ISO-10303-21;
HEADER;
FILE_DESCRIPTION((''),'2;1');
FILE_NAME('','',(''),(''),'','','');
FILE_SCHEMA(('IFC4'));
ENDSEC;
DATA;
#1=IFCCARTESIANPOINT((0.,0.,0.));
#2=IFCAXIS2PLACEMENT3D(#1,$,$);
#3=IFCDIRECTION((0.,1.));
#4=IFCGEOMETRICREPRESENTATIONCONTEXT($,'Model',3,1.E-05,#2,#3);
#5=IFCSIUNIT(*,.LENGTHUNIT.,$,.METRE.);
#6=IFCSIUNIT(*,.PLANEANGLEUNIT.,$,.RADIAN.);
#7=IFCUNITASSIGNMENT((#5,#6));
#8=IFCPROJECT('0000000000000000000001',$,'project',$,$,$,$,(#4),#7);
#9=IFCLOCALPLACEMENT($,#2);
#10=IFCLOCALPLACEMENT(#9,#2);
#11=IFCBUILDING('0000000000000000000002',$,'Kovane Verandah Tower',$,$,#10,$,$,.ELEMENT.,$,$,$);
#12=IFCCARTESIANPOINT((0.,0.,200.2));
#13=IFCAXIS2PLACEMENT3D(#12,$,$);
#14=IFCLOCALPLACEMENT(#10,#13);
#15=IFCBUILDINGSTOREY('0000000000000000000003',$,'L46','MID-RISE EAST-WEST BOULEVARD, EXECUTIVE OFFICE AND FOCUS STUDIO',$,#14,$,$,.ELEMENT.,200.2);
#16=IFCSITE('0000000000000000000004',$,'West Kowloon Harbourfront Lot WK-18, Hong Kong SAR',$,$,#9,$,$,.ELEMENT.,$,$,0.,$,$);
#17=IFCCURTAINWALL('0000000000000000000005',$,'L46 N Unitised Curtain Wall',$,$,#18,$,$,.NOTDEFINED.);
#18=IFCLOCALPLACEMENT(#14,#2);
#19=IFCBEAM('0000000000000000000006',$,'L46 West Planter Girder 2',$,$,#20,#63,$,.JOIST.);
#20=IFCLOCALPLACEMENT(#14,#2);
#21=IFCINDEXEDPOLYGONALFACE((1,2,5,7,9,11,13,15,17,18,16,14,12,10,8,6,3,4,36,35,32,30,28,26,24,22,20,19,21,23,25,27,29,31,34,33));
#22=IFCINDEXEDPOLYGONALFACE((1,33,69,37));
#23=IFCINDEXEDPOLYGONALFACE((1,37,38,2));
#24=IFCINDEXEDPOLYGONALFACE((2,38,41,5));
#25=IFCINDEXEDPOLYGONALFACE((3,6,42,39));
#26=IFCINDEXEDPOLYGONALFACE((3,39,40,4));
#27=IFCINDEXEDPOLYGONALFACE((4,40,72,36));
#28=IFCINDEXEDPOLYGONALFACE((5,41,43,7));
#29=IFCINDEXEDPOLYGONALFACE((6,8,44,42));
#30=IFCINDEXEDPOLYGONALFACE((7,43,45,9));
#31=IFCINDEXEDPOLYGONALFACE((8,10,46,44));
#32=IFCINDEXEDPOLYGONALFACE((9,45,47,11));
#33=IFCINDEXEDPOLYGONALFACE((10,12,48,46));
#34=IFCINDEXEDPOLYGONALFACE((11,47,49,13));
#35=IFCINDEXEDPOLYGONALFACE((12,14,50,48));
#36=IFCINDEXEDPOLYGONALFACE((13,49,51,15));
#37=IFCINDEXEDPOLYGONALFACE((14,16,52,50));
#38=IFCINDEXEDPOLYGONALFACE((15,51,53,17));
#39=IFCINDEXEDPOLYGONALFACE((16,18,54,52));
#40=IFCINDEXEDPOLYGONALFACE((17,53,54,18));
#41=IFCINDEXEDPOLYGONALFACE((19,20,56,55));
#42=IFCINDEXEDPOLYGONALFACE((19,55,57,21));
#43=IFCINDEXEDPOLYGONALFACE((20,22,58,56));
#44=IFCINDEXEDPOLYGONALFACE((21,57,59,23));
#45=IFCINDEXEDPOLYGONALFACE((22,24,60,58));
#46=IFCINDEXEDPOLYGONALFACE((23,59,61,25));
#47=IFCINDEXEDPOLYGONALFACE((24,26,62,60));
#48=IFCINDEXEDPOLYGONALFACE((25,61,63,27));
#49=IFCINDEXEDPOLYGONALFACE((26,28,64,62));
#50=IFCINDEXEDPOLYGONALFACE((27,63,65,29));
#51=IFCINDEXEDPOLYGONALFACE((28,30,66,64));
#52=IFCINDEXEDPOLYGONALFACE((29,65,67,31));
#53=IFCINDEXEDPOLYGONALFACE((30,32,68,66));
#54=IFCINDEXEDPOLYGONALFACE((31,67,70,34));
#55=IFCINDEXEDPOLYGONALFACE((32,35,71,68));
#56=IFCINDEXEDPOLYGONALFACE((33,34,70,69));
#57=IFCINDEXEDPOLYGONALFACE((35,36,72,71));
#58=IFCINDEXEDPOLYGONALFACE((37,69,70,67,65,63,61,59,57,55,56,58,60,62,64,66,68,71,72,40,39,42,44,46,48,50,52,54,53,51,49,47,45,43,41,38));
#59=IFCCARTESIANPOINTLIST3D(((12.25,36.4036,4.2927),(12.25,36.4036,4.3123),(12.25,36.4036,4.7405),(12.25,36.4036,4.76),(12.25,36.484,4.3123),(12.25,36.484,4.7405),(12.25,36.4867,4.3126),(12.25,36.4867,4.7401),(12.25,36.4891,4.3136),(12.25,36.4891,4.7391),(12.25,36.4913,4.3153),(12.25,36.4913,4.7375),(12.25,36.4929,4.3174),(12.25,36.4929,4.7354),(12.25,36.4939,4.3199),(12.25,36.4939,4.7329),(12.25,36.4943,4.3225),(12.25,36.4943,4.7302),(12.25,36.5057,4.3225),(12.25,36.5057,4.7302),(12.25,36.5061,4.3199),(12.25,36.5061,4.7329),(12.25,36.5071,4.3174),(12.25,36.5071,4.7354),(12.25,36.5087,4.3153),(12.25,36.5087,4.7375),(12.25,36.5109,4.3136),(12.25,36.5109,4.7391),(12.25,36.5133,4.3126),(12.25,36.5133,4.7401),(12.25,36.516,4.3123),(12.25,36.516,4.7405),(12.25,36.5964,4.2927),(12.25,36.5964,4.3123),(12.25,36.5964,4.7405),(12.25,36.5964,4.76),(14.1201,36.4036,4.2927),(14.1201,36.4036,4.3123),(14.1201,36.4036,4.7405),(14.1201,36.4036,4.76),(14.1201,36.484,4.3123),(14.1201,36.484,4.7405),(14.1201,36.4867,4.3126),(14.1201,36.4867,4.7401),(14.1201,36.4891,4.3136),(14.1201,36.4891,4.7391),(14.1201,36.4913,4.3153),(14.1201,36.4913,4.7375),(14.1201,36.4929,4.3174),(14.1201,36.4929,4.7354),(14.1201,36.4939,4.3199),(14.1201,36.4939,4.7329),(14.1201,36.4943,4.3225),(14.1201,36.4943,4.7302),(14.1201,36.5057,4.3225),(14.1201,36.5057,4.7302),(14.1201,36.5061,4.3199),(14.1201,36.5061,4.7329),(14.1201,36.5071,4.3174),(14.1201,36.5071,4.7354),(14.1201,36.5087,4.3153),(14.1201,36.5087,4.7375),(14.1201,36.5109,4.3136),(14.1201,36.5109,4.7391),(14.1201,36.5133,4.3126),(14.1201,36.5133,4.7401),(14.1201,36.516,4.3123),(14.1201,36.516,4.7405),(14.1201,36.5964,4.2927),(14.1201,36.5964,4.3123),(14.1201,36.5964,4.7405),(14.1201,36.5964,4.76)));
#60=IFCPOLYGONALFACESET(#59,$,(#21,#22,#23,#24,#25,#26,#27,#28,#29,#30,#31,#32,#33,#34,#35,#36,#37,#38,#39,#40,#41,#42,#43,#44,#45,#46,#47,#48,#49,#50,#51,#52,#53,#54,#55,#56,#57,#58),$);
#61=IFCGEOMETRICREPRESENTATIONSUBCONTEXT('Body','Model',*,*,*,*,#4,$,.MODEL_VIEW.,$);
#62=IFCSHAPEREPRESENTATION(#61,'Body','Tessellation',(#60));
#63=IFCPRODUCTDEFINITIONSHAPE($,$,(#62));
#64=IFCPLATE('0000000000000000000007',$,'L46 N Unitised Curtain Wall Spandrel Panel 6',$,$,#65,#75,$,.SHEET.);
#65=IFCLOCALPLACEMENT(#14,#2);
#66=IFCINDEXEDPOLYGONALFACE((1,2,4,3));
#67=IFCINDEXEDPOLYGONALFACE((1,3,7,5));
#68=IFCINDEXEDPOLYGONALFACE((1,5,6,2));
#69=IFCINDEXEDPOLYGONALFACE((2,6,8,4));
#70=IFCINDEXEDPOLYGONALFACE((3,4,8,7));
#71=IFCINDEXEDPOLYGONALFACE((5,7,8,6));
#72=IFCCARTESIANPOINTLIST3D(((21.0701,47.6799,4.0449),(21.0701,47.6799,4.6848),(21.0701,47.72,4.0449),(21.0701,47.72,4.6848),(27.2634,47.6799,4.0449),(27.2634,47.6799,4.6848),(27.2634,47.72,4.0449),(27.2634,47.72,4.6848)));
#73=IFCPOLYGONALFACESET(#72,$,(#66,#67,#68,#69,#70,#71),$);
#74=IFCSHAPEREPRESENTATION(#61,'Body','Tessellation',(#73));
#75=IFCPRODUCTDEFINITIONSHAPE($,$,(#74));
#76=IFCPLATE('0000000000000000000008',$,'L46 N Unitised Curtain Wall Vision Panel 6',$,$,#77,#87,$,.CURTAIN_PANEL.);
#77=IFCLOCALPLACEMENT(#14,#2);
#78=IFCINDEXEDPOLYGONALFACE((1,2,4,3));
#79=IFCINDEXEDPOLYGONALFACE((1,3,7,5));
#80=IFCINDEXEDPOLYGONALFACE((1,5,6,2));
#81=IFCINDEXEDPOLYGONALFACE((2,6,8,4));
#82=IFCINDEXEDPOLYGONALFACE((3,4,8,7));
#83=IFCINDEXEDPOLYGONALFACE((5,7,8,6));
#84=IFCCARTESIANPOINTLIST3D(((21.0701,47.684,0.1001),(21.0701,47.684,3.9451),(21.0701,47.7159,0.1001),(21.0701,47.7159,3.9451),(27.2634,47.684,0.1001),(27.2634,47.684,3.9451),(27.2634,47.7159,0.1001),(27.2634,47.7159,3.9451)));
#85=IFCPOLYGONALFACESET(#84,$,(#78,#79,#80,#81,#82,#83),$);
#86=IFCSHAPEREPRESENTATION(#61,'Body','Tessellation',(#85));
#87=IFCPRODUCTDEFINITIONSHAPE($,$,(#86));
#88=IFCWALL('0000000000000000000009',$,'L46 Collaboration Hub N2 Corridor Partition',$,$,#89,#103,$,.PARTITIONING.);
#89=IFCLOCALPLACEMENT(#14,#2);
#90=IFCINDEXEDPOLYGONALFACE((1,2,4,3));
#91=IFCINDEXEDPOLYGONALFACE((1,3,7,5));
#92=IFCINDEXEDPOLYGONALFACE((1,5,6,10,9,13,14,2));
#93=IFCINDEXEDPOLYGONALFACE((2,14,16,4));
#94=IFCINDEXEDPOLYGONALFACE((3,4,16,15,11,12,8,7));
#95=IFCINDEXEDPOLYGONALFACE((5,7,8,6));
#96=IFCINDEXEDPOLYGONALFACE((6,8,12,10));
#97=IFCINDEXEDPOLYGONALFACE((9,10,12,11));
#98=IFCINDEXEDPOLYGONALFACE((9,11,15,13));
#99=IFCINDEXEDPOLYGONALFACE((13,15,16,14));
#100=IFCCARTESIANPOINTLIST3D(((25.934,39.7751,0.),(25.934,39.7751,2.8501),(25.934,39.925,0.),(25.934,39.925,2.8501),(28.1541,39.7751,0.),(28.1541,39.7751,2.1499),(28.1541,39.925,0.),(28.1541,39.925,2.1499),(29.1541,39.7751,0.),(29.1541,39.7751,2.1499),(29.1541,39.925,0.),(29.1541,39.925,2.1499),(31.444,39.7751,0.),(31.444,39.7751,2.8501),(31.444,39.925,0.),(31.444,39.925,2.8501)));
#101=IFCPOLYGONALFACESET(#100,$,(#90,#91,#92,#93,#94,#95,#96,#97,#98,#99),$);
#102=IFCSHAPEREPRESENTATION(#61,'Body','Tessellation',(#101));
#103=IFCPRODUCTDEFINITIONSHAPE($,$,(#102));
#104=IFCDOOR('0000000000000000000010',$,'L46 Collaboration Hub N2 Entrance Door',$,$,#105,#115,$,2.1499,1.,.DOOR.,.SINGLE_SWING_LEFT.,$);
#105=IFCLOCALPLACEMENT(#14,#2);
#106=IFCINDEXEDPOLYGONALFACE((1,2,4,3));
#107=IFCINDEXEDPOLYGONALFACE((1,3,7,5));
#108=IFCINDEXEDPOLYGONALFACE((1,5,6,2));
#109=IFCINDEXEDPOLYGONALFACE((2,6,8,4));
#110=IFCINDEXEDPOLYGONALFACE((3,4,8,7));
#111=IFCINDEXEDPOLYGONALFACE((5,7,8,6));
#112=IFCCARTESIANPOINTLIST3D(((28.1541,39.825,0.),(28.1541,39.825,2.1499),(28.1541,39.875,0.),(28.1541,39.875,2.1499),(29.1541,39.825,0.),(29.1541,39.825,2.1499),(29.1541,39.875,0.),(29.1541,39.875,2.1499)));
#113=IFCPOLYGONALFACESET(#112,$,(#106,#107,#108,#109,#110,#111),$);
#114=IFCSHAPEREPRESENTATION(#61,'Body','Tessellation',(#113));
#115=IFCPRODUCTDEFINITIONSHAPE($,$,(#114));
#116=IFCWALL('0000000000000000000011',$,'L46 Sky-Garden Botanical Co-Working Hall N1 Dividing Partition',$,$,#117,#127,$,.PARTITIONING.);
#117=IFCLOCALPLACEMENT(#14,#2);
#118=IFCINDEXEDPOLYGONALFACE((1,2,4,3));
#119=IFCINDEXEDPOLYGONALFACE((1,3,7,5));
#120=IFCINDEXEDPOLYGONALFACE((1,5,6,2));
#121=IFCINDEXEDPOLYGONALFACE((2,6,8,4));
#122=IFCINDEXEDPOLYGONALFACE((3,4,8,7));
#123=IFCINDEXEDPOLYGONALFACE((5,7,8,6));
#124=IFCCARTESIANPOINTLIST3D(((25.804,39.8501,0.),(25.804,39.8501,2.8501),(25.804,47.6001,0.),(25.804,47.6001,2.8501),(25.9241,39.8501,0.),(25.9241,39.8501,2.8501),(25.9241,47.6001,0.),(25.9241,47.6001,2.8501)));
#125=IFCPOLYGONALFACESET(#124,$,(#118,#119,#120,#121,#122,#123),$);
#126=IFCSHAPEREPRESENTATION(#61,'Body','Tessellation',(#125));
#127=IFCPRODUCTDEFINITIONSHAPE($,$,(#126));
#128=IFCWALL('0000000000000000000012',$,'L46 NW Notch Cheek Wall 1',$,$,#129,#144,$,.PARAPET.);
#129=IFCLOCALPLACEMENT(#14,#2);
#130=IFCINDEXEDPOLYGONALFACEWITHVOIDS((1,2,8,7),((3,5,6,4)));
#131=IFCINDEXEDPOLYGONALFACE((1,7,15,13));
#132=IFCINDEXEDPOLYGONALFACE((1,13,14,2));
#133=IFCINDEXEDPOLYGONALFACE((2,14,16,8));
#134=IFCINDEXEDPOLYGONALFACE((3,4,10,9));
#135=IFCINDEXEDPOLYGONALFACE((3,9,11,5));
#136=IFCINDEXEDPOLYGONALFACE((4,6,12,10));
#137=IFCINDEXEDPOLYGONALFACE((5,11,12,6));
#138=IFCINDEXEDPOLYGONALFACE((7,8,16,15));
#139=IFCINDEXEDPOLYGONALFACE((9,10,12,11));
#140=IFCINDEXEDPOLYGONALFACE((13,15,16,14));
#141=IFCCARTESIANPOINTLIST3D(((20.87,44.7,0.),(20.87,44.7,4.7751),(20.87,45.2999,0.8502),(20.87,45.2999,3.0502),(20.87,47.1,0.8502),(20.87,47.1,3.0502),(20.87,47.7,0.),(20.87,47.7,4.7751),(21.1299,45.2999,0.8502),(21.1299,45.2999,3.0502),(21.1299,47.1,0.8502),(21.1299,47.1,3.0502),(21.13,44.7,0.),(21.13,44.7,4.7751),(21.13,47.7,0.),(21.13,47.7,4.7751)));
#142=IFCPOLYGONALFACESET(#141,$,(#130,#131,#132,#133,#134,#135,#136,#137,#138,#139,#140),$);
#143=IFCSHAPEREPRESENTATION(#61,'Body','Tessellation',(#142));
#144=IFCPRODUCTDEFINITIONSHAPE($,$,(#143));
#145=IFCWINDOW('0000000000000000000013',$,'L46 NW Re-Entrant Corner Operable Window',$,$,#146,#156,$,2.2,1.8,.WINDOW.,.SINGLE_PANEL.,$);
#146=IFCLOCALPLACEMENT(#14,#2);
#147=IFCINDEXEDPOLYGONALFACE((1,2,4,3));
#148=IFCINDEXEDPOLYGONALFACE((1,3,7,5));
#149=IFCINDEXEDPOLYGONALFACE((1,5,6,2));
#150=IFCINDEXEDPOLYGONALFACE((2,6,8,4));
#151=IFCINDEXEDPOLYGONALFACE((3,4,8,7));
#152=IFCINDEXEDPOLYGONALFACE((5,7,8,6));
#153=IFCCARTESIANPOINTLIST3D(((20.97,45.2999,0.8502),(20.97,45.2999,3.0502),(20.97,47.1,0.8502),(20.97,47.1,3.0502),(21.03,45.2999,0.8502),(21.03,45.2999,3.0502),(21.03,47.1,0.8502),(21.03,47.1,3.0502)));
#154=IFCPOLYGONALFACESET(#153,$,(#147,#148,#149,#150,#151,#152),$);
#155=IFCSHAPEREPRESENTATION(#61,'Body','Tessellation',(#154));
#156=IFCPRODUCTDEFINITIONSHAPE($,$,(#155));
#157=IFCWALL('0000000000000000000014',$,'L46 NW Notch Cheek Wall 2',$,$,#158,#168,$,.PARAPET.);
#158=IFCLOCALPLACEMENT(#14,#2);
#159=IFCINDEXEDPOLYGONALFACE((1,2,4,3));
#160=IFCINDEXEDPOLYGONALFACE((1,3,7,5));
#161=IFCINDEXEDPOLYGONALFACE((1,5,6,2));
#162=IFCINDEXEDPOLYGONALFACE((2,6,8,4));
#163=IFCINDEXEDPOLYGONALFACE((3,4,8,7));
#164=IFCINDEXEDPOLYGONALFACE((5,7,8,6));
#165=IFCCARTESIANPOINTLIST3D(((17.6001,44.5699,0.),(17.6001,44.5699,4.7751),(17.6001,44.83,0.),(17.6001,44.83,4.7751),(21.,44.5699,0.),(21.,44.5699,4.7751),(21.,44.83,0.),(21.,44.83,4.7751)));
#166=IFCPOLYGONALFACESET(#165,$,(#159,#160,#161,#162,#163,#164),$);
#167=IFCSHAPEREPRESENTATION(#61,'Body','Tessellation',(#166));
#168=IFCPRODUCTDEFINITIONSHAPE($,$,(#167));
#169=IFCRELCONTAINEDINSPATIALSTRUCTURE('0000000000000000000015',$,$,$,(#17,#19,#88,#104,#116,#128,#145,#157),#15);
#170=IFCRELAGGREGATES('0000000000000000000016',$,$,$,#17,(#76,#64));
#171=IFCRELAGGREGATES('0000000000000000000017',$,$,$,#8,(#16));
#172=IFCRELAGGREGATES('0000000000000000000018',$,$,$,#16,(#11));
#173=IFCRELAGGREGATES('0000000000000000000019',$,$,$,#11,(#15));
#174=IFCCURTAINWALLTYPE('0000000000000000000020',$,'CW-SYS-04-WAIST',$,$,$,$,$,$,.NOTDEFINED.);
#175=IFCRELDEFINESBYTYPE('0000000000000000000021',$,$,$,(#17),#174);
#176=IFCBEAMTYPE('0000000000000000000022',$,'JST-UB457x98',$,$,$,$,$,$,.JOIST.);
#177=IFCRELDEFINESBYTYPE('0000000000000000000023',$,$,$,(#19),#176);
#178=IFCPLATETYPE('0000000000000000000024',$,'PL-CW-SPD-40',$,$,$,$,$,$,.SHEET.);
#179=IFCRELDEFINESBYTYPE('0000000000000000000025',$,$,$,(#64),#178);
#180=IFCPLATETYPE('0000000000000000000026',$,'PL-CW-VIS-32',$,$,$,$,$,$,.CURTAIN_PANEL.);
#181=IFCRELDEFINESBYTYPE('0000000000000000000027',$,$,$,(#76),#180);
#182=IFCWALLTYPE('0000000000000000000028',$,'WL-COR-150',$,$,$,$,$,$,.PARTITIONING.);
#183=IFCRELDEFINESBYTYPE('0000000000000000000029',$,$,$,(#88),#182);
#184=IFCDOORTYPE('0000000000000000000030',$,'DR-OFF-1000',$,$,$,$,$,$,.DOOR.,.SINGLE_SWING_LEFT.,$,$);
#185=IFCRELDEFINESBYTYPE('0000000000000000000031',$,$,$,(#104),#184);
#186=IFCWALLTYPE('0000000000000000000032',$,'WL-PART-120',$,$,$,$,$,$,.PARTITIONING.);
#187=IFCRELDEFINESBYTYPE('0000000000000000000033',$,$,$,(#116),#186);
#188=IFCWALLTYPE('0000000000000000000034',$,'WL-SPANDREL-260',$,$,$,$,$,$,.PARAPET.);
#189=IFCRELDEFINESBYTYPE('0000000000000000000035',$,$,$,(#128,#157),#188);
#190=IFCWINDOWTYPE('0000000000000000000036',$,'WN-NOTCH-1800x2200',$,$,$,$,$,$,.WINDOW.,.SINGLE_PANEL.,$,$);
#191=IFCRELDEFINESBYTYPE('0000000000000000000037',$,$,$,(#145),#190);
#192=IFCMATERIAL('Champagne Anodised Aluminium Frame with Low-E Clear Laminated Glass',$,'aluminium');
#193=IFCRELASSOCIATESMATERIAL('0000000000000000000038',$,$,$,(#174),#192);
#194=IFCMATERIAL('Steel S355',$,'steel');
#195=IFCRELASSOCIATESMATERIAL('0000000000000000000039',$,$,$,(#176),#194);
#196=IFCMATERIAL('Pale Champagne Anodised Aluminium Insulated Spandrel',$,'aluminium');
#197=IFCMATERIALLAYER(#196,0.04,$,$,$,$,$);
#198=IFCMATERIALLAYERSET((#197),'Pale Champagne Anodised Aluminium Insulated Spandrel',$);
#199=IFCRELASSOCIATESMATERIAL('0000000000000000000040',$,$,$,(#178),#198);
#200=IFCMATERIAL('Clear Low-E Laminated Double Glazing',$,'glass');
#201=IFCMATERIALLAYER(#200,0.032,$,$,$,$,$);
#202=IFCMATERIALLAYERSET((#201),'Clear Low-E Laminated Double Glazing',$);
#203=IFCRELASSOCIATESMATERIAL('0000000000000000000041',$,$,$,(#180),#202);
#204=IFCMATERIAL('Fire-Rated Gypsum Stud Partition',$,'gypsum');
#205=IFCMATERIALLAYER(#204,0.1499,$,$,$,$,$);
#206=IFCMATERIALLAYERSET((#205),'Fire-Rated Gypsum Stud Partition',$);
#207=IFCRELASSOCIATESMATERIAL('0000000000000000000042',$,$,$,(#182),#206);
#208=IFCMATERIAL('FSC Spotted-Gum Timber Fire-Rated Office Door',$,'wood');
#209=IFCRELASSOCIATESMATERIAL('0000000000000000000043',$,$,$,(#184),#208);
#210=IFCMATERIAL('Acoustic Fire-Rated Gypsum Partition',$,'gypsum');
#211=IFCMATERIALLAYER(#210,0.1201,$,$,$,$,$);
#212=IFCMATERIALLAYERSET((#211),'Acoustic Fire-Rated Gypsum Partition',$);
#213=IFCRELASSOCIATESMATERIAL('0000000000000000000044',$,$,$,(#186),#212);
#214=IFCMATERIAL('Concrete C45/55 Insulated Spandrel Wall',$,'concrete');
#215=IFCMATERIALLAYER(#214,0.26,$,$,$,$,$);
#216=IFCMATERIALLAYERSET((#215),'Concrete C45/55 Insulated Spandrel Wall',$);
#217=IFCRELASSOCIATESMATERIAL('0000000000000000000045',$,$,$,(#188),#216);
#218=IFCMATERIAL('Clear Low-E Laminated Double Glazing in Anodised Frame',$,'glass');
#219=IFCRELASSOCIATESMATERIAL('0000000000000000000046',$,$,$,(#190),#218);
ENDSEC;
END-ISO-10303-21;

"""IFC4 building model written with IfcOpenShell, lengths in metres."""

from ifc_helpers import new_model, si_unit, direction, frame, frame_2d, origin, origin_2d, place, context, subcontext, project, spatial, rectangle, i_section, extrude, material, layer, layer_set, material_profile, profile_set, type_object, element, fill, aggregate, save


model = new_model("IFC4")

# Units and contexts
model_context = context("Model", 3, precision=1e-05, world=origin(), true_north=direction((0.0, 1.0)))
body_context = subcontext(model_context, "Body", "Model", "MODEL_VIEW")
ifc_project = project(units=[si_unit("LENGTHUNIT", "METRE"), si_unit("PLANEANGLEUNIT", "RADIAN")], contexts=[model_context])

# Site, building, storey
site_placement = place(None, origin())
site = spatial("IfcSite", under=ifc_project, at=site_placement, Name="West Kowloon Harbourfront Lot WK-18, Hong Kong SAR", CompositionType="ELEMENT", RefElevation=0.0)
building_placement = place(site_placement, origin())
building = spatial("IfcBuilding", under=site, at=building_placement, Name="Kovane Verandah Tower", CompositionType="ELEMENT")
storey_placement = place(building_placement, frame((0.0, 0.0, 200.2)))
storey = spatial("IfcBuildingStorey", under=building, at=storey_placement, Name="L46", Description="MID-RISE EAST-WEST BOULEVARD, EXECUTIVE OFFICE AND FOCUS STUDIO", CompositionType="ELEMENT", Elevation=200.2)

# Shared definitions
ifc_material_1 = material(Name="Steel S355", Category="steel")

# Curtain wall
ifc_material_2 = material(Name="Champagne Anodised Aluminium Frame with Low-E Clear Laminated Glass", Category="aluminium")
curtain_wall_type = type_object("IfcCurtainWallType", Name="CW-SYS-04-WAIST", PredefinedType="NOTDEFINED", material=ifc_material_2)
curtain_wall_placement = place(storey_placement, origin())
curtain_wall = element("IfcCurtainWall", 1, at=curtain_wall_placement, inside=storey, type_object=curtain_wall_type, Name="L46 N Unitised Curtain Wall", PredefinedType="NOTDEFINED")

# Beam
ifc_material_profile_1 = material_profile(ifc_material_1, i_section(OverallWidth=0.1929, OverallDepth=0.4673, WebThickness=0.0115, FlangeThickness=0.0195, FilletRadius=0.0103, at=origin_2d()), Name="UB457x191x98")
ifc_profile_set_1 = profile_set([ifc_material_profile_1], Name="Steel S355")
beam_type_1 = type_object("IfcBeamType", Name="JST-UB457x98", PredefinedType="JOIST", material=ifc_profile_set_1)
beam_1_placement = place(storey_placement, frame((14.1201, 36.5, 4.5264), z_axis=(-1.0, 0.0, 0.0), x_axis=(0.0, -1.0, 0.0)))
element("IfcBeam", 2, at=beam_1_placement, inside=storey, type_object=beam_type_1, Name="L46 West Planter Girder 2", PredefinedType="JOIST", context=body_context, shape_type="SweptSolid", body=[
    extrude(i_section(OverallWidth=0.1929, OverallDepth=0.4673, WebThickness=0.0115, FlangeThickness=0.0195, FilletRadius=0.0103, at=origin_2d()), origin(), (0.0, 0.0, 1.0), 1.8701),
])

# Plates
ifc_material_3 = material(Name="Pale Champagne Anodised Aluminium Insulated Spandrel", Category="aluminium")
ifc_layer_1 = layer(ifc_material_3, 0.04)
ifc_layer_set_1 = layer_set([ifc_layer_1], Name="Pale Champagne Anodised Aluminium Insulated Spandrel")
plate_type_1 = type_object("IfcPlateType", Name="PL-CW-SPD-40", PredefinedType="SHEET", material=ifc_layer_set_1)
plate_1_placement = place(storey_placement, frame((24.1667, 47.7, 4.0449), z_axis=(0.0, 0.0, 1.0), x_axis=(-1.0, 0.0, 0.0)))
plate_1 = element("IfcPlate", 3, at=plate_1_placement, type_object=plate_type_1, Name="L46 N Unitised Curtain Wall Spandrel Panel 6", PredefinedType="SHEET", context=body_context, shape_type="SweptSolid", body=[
    extrude(rectangle(XDim=6.1934, YDim=0.04, at=origin_2d()), origin(), (0.0, 0.0, 1.0), 0.6399),
])
ifc_material_4 = material(Name="Clear Low-E Laminated Double Glazing", Category="glass")
ifc_layer_2 = layer(ifc_material_4, 0.032)
ifc_layer_set_2 = layer_set([ifc_layer_2], Name="Clear Low-E Laminated Double Glazing")
plate_type_2 = type_object("IfcPlateType", Name="PL-CW-VIS-32", PredefinedType="CURTAIN_PANEL", material=ifc_layer_set_2)
plate_2_placement = place(storey_placement, frame((24.1667, 47.7, 0.1001), z_axis=(0.0, 0.0, 1.0), x_axis=(-1.0, 0.0, 0.0)))
plate_2 = element("IfcPlate", 4, at=plate_2_placement, type_object=plate_type_2, Name="L46 N Unitised Curtain Wall Vision Panel 6", PredefinedType="CURTAIN_PANEL", context=body_context, shape_type="SweptSolid", body=[
    extrude(rectangle(XDim=6.1934, YDim=0.032, at=origin_2d()), origin(), (0.0, 0.0, 1.0), 3.845),
])
aggregate(curtain_wall, [plate_2, plate_1])

# Wall, opening, door
ifc_material_5 = material(Name="Fire-Rated Gypsum Stud Partition", Category="gypsum")
ifc_layer_3 = layer(ifc_material_5, 0.1499)
ifc_layer_set_3 = layer_set([ifc_layer_3], Name="Fire-Rated Gypsum Stud Partition")
wall_type_1 = type_object("IfcWallType", Name="WL-COR-150", PredefinedType="PARTITIONING", material=ifc_layer_set_3)
ifc_material_6 = material(Name="FSC Spotted-Gum Timber Fire-Rated Office Door", Category="wood")
door_type_1 = type_object("IfcDoorType", Name="DR-OFF-1000", OperationType="SINGLE_SWING_LEFT", PredefinedType="DOOR", material=ifc_material_6)
wall_1_placement = place(storey_placement, frame((25.9341, 39.8501, 0.0), z_axis=(0.0, 0.0, 1.0), x_axis=(1.0, 0.0, 0.0)))
wall_1 = element("IfcWall", 5, at=wall_1_placement, inside=storey, type_object=wall_type_1, Name="L46 Collaboration Hub N2 Corridor Partition", PredefinedType="PARTITIONING", context=body_context, shape_type="SweptSolid", body=[
    extrude(rectangle(XDim=5.51, YDim=0.1499, at=frame_2d((2.7549, 0.0))), origin(), (0.0, 0.0, 1.0), 2.8501),
])
opening_1_placement = place(wall_1_placement, frame((2.22, 0.0, 0.0)))
opening_1 = element("IfcOpeningElement", 6, at=opening_1_placement, cuts=wall_1, PredefinedType="OPENING", context=body_context, shape_type="SweptSolid", body=[
    extrude(rectangle(XDim=1.0, YDim=2.1499, at=frame_2d((0.5, 1.075))), frame((0.0, 0.075, 0.0), z_axis=(0.0, -1.0, 0.0), x_axis=(1.0, 0.0, 0.0)), (0.0, 0.0, 1.0), 0.1499),
])
door_1_placement = place(opening_1_placement, origin())
door_1 = element("IfcDoor", 7, at=door_1_placement, inside=storey, type_object=door_type_1, Name="L46 Collaboration Hub N2 Entrance Door", OperationType="SINGLE_SWING_LEFT", OverallHeight=2.1499, OverallWidth=1.0, PredefinedType="DOOR", context=body_context, shape_type="SweptSolid", body=[
    extrude(rectangle(XDim=1.0, YDim=2.1499, at=frame_2d((0.5, 1.075))), frame((0.0, 0.0249, 0.0), z_axis=(0.0, -1.0, 0.0), x_axis=(1.0, 0.0, 0.0)), (0.0, 0.0, 1.0), 0.05),
])
fill(opening_1, door_1)

# Wall
ifc_material_7 = material(Name="Acoustic Fire-Rated Gypsum Partition", Category="gypsum")
ifc_layer_4 = layer(ifc_material_7, 0.1201)
ifc_layer_set_4 = layer_set([ifc_layer_4], Name="Acoustic Fire-Rated Gypsum Partition")
wall_type_2 = type_object("IfcWallType", Name="WL-PART-120", PredefinedType="PARTITIONING", material=ifc_layer_set_4)
wall_2_placement = place(storey_placement, frame((25.864, 39.8501, 0.0), z_axis=(0.0, 0.0, 1.0), x_axis=(0.0, 1.0, 0.0)))
element("IfcWall", 8, at=wall_2_placement, inside=storey, type_object=wall_type_2, Name="L46 Sky-Garden Botanical Co-Working Hall N1 Dividing Partition", PredefinedType="PARTITIONING", context=body_context, shape_type="SweptSolid", body=[
    extrude(rectangle(XDim=7.75, YDim=0.1201, at=frame_2d((3.875, 0.0))), origin(), (0.0, 0.0, 1.0), 2.8501),
])

# Shared definitions
ifc_material_8 = material(Name="Concrete C45/55 Insulated Spandrel Wall", Category="concrete")
ifc_layer_5 = layer(ifc_material_8, 0.26)
ifc_layer_set_5 = layer_set([ifc_layer_5], Name="Concrete C45/55 Insulated Spandrel Wall")
wall_type_3 = type_object("IfcWallType", Name="WL-SPANDREL-260", PredefinedType="PARAPET", material=ifc_layer_set_5)
ifc_material_9 = material(Name="Clear Low-E Laminated Double Glazing in Anodised Frame", Category="glass")

# Wall, opening, window
wall_3_placement = place(storey_placement, frame((21.0, 47.7, 0.0), z_axis=(0.0, 0.0, 1.0), x_axis=(0.0, -1.0, 0.0)))
wall_3 = element("IfcWall", 9, at=wall_3_placement, inside=storey, type_object=wall_type_3, Name="L46 NW Notch Cheek Wall 1", PredefinedType="PARAPET", context=body_context, shape_type="SweptSolid", body=[
    extrude(rectangle(XDim=3.0, YDim=0.26, at=frame_2d((1.5, 0.0))), origin(), (0.0, 0.0, 1.0), 4.7751),
])
opening_2_placement = place(wall_3_placement, frame((0.6001, 0.0, 0.8501)))
opening_2 = element("IfcOpeningElement", 10, at=opening_2_placement, cuts=wall_3, PredefinedType="OPENING", context=body_context, shape_type="SweptSolid", body=[
    extrude(rectangle(XDim=1.8, YDim=2.2, at=frame_2d((0.8999, 1.1001))), frame((0.0, 0.1299, 0.0), z_axis=(0.0, -1.0, 0.0), x_axis=(1.0, 0.0, 0.0)), (0.0, 0.0, 1.0), 0.26),
])
window_type_1 = type_object("IfcWindowType", Name="WN-NOTCH-1800x2200", PartitioningType="SINGLE_PANEL", PredefinedType="WINDOW", material=ifc_material_9)
window_1_placement = place(opening_2_placement, origin())
window_1 = element("IfcWindow", 11, at=window_1_placement, inside=storey, type_object=window_type_1, Name="L46 NW Re-Entrant Corner Operable Window", OverallHeight=2.2, OverallWidth=1.8, PartitioningType="SINGLE_PANEL", PredefinedType="WINDOW", context=body_context, shape_type="SweptSolid", body=[
    extrude(rectangle(XDim=1.8, YDim=2.2, at=frame_2d((0.8999, 1.1001))), frame((0.0, 0.03, 0.0), z_axis=(0.0, -1.0, 0.0), x_axis=(1.0, 0.0, 0.0)), (0.0, 0.0, 1.0), 0.0601),
])
fill(opening_2, window_1)

# Wall
wall_4_placement = place(storey_placement, frame((21.0, 44.7, 0.0), z_axis=(0.0, 0.0, 1.0), x_axis=(-1.0, 0.0, 0.0)))
element("IfcWall", 12, at=wall_4_placement, inside=storey, type_object=wall_type_3, Name="L46 NW Notch Cheek Wall 2", PredefinedType="PARAPET", context=body_context, shape_type="SweptSolid", body=[
    extrude(rectangle(XDim=3.3999, YDim=0.26, at=frame_2d((1.7, 0.0))), origin(), (0.0, 0.0, 1.0), 4.7751),
])

save(model, "model.ifc")
